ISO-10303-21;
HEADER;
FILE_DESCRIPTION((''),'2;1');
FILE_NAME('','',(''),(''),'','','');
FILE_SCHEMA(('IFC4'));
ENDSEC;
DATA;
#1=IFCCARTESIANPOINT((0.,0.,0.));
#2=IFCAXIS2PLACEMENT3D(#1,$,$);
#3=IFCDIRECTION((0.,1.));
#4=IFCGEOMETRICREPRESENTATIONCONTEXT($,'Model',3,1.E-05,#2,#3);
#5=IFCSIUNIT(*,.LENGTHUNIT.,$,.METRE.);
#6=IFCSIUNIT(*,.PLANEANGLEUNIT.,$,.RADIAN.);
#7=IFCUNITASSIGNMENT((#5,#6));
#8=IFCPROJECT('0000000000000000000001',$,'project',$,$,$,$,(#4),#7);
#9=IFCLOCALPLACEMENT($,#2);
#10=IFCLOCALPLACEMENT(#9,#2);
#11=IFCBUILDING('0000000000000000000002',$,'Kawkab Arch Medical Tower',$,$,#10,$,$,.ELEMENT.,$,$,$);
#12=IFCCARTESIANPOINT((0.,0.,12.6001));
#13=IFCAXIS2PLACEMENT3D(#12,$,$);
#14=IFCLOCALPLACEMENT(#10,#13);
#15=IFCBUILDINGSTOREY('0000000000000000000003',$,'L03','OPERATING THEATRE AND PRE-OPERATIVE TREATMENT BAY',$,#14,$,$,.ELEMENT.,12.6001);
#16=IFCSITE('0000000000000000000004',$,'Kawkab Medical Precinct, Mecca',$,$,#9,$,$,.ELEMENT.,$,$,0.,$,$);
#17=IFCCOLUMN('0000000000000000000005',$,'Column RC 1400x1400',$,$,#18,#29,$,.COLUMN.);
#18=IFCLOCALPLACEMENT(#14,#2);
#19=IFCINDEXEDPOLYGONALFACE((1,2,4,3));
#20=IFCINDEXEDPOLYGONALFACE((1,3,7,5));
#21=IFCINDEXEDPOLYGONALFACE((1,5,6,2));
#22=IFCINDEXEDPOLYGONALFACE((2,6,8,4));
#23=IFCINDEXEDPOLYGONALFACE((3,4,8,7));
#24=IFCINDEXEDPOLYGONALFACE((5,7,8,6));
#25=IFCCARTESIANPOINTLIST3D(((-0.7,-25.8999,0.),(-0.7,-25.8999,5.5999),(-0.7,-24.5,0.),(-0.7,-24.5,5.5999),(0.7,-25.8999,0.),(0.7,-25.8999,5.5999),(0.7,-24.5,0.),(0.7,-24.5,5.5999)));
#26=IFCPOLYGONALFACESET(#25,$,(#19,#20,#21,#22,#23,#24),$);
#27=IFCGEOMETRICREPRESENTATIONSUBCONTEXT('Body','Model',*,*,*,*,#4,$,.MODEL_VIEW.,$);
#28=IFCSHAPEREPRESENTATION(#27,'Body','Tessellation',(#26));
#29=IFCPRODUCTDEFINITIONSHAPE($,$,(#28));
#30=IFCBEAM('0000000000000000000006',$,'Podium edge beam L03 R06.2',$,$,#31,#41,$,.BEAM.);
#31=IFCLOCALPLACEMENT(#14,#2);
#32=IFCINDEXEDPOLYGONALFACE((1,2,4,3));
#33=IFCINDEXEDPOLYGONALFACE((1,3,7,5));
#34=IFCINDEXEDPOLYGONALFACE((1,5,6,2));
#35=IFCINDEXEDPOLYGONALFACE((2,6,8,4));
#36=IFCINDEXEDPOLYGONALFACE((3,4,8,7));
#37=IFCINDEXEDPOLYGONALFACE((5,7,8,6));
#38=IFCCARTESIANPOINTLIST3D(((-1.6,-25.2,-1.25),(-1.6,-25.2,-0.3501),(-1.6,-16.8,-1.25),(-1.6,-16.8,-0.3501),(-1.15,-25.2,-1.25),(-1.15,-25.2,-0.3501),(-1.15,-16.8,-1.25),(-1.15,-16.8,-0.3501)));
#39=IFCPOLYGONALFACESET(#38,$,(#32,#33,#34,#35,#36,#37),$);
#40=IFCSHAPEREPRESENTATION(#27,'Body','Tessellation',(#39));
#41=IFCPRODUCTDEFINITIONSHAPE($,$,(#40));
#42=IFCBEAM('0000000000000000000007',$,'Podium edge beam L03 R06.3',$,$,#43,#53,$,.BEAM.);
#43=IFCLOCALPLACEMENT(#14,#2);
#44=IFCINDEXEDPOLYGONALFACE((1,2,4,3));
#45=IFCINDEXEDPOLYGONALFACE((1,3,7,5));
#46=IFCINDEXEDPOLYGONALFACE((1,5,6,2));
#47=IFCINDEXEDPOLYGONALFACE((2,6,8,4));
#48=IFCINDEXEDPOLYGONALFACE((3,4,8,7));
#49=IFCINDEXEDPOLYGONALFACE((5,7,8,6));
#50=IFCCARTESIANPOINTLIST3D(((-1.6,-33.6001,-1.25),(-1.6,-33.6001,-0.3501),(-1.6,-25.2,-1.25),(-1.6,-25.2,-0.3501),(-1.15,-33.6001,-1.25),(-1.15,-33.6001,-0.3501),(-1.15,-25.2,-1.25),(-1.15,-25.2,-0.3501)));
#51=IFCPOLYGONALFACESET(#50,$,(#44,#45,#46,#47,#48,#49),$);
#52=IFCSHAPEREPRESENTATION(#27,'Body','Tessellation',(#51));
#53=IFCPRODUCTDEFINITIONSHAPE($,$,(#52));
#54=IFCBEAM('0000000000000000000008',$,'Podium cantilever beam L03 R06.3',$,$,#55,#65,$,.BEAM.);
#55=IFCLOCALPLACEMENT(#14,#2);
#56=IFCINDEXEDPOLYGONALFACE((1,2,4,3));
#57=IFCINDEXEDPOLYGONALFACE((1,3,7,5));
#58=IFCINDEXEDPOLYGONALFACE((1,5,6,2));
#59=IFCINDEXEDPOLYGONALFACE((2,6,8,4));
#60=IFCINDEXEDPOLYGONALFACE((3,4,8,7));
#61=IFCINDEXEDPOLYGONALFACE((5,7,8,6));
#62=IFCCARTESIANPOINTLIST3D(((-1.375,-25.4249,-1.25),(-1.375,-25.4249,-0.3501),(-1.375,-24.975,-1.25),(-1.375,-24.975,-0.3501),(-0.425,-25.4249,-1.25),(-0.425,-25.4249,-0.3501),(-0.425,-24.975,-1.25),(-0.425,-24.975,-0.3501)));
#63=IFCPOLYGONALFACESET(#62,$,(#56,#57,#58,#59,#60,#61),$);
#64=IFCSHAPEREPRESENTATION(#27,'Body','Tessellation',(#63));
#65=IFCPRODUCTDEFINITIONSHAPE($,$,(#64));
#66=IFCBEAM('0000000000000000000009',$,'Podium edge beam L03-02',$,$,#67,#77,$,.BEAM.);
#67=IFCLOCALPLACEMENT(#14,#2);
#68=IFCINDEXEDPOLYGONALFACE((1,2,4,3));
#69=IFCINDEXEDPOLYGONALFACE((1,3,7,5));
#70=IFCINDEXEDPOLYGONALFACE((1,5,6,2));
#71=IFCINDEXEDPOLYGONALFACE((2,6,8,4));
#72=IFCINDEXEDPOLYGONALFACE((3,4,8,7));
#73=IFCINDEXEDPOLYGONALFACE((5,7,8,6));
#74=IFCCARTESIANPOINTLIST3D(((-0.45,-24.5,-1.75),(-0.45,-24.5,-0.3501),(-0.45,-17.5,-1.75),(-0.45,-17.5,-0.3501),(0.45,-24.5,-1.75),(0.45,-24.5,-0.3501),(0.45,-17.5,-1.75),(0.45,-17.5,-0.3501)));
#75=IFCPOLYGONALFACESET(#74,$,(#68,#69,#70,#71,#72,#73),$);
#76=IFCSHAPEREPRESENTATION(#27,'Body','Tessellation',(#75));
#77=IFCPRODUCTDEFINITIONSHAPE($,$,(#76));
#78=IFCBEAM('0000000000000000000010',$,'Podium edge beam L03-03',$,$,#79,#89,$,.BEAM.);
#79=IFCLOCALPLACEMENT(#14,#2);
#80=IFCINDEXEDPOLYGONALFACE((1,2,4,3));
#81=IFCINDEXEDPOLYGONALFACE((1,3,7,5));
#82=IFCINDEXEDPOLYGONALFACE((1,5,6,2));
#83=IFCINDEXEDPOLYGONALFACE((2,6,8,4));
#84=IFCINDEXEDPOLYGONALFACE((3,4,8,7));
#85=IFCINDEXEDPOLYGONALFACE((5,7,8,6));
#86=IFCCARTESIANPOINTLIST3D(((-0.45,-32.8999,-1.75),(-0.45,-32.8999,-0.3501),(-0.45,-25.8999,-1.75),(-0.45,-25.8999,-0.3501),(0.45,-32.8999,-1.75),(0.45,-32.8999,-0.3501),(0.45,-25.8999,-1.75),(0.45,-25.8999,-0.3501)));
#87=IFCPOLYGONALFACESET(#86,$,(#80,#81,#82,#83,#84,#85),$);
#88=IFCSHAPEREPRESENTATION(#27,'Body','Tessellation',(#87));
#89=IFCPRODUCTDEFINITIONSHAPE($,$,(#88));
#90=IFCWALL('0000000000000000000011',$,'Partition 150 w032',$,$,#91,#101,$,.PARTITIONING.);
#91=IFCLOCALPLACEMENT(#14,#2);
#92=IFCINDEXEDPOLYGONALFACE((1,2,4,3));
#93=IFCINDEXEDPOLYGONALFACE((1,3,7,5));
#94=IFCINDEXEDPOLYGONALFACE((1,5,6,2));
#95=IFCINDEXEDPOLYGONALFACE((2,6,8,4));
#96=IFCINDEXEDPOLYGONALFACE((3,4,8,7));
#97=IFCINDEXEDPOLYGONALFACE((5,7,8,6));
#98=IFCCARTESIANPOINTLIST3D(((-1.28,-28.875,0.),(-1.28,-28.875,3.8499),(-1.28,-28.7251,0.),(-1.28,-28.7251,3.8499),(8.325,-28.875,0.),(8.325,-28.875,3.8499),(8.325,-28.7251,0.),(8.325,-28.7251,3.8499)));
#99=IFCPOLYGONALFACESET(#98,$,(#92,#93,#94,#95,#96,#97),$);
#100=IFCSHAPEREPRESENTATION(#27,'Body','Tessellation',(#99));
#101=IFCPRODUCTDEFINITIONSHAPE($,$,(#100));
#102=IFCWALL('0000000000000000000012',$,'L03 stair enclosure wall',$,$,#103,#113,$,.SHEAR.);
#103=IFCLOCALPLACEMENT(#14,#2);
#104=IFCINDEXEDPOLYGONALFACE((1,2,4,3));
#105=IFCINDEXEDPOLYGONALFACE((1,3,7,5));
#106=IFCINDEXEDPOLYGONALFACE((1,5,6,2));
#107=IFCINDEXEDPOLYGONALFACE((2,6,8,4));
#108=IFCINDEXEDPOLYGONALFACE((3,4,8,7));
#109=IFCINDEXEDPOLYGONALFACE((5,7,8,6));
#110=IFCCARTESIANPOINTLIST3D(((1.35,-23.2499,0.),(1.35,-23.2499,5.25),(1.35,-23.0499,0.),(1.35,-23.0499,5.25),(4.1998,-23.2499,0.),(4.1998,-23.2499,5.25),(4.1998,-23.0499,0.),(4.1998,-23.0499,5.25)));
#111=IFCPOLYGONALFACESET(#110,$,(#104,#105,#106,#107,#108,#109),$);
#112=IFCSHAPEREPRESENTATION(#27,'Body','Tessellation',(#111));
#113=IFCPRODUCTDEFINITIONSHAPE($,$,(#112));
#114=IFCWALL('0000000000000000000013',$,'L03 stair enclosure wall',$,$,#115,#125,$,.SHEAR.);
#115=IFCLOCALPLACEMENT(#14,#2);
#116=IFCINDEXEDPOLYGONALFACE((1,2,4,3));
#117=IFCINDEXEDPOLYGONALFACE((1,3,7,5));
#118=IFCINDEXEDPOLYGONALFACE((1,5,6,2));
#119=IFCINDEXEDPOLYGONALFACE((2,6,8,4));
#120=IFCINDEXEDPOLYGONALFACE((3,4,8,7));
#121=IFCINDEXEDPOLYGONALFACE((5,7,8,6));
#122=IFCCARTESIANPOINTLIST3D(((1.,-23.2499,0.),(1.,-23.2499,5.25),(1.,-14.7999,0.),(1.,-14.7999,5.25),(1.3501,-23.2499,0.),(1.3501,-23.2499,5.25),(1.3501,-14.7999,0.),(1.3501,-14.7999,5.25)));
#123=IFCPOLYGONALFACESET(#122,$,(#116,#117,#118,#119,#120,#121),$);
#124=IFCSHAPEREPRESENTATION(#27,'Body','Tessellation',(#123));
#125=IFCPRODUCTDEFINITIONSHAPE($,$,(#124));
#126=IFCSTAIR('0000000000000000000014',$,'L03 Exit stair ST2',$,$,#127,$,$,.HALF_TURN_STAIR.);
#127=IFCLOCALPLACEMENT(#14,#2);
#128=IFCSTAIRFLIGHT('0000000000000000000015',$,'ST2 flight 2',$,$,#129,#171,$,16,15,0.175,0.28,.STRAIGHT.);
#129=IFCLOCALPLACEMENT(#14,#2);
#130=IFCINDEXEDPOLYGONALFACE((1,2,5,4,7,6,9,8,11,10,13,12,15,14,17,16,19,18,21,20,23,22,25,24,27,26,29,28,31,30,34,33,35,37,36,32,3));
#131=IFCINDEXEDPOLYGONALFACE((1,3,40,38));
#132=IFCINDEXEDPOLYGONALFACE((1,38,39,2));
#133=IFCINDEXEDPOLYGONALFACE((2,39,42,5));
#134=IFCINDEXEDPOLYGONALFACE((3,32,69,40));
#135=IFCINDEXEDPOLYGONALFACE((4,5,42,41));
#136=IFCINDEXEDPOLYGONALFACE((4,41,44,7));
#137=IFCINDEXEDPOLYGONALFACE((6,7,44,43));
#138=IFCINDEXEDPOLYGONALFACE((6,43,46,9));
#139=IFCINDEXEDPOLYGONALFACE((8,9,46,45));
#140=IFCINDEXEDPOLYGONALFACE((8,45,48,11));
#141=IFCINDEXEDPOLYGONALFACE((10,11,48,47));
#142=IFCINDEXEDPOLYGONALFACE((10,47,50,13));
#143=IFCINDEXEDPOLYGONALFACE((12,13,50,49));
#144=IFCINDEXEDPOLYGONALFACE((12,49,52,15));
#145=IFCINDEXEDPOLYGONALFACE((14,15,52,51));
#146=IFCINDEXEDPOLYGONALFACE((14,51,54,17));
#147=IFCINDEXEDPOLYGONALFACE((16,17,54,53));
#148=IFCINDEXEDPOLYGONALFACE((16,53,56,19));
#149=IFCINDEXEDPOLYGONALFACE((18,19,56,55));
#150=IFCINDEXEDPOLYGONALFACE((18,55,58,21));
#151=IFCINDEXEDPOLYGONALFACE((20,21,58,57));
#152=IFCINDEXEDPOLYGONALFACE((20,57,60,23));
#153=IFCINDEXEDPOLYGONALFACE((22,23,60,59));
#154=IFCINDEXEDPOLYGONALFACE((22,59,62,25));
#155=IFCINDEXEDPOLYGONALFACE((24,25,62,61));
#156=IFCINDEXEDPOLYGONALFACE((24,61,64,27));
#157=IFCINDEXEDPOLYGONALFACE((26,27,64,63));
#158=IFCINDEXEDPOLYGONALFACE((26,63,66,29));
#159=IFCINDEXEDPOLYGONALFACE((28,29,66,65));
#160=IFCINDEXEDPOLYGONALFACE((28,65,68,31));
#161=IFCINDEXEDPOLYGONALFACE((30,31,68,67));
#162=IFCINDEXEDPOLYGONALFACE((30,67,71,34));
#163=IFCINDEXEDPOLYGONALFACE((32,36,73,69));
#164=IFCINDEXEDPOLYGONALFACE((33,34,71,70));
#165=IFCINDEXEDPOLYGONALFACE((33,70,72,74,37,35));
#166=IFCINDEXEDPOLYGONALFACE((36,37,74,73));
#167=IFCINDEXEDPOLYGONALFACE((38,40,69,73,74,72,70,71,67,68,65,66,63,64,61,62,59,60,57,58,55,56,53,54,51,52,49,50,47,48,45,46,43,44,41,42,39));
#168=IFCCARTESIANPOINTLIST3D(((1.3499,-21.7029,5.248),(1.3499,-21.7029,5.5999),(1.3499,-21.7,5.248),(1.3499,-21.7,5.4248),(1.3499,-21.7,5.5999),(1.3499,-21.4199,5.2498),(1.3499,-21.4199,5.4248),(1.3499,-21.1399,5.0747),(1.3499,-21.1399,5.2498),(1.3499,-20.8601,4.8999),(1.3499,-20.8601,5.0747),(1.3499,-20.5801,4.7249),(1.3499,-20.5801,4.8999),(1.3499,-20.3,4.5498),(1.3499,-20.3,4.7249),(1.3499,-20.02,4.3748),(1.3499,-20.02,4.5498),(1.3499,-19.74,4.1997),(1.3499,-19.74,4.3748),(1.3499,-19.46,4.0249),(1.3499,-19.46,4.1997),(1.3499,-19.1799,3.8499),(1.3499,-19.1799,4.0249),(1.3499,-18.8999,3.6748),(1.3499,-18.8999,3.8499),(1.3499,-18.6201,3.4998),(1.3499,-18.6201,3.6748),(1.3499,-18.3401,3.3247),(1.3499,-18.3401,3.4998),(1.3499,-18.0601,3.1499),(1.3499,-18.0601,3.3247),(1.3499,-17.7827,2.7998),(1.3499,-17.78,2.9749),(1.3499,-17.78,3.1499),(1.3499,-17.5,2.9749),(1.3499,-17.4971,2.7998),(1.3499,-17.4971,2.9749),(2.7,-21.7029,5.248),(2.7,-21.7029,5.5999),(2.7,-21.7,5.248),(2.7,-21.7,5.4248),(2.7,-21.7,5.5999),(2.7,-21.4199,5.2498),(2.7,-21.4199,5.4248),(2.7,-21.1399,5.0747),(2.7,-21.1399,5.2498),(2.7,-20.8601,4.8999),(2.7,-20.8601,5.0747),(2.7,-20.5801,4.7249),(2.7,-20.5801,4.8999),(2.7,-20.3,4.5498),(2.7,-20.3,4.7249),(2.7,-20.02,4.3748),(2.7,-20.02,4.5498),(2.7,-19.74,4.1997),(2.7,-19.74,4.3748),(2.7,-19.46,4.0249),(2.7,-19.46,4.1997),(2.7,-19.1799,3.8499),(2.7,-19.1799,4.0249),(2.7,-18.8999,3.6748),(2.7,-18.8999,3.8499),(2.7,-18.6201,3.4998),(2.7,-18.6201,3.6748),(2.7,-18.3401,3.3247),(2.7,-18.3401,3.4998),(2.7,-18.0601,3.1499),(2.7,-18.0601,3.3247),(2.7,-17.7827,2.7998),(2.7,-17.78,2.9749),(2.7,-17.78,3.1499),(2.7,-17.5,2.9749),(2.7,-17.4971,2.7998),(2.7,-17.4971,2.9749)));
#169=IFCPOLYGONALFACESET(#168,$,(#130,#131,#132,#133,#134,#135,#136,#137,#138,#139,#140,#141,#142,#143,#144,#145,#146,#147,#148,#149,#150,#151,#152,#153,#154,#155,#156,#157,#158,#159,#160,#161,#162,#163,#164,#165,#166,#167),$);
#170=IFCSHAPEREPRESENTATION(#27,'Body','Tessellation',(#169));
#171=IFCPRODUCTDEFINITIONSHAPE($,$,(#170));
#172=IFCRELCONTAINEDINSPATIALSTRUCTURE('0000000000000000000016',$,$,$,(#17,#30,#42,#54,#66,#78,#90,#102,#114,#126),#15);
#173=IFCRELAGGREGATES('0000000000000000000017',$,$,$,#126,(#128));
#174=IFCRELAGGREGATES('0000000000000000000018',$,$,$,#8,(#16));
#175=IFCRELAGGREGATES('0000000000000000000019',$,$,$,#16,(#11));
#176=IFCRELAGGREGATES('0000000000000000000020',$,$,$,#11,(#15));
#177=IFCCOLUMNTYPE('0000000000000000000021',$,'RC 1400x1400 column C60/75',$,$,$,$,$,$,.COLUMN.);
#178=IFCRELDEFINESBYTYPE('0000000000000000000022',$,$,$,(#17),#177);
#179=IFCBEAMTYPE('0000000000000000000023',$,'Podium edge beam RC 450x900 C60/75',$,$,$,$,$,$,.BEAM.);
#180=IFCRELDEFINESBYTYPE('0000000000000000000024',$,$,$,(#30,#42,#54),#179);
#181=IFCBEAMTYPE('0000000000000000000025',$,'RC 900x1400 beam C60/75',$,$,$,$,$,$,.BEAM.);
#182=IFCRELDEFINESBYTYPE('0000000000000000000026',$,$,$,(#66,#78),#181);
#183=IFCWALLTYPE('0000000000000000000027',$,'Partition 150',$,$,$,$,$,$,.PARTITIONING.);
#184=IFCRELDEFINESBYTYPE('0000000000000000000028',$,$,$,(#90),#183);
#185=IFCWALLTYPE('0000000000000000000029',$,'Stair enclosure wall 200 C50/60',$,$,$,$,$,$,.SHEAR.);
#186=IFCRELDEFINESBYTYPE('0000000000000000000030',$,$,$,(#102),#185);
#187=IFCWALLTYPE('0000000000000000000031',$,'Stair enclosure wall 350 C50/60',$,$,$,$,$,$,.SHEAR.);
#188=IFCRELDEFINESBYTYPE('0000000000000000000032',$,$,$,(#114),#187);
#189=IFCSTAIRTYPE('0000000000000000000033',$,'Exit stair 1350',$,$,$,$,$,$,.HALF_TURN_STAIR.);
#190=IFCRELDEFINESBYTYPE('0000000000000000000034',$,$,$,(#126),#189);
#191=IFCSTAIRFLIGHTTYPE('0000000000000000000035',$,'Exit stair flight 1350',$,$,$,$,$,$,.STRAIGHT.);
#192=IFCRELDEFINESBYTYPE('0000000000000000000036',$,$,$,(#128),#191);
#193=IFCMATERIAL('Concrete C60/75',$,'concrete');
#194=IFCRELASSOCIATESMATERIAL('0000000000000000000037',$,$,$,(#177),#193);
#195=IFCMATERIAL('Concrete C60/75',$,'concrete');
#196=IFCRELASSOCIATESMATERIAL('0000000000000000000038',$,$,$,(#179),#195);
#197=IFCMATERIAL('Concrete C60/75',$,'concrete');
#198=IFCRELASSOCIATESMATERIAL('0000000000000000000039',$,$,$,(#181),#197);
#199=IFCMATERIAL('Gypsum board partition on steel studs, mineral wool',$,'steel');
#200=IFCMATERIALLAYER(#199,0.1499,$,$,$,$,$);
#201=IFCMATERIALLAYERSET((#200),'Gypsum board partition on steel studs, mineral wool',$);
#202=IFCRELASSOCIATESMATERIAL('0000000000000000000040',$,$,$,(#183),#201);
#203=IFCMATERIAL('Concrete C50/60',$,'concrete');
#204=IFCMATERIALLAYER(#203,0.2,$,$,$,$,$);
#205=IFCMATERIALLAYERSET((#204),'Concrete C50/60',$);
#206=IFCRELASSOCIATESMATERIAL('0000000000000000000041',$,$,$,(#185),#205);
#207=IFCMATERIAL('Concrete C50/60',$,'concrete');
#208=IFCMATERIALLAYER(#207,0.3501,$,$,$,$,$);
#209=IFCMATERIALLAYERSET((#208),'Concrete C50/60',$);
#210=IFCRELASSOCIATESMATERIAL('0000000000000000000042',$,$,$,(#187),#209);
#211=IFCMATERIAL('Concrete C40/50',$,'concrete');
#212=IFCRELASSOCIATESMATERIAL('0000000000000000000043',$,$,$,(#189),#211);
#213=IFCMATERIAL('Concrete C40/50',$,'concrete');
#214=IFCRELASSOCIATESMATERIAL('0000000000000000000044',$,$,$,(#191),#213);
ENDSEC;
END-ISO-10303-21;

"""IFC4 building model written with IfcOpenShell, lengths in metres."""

from ifc_helpers import new_model, si_unit, direction, frame, frame_2d, origin, origin_2d, place, context, subcontext, project, spatial, polyline, rectangle, outline, extrude, material, layer, layer_set, material_profile, profile_set, type_object, element, aggregate, save


model = new_model("IFC4")

# Units and contexts
model_context = context("Model", 3, precision=1e-05, world=origin(), true_north=direction((0.0, 1.0)))
body_context = subcontext(model_context, "Body", "Model", "MODEL_VIEW")
ifc_project = project(units=[si_unit("LENGTHUNIT", "METRE"), si_unit("PLANEANGLEUNIT", "RADIAN")], contexts=[model_context])

# Site, building, storey
site_placement = place(None, origin())
site = spatial("IfcSite", under=ifc_project, at=site_placement, Name="Kawkab Medical Precinct, Mecca", CompositionType="ELEMENT", RefElevation=0.0)
building_placement = place(site_placement, origin())
building = spatial("IfcBuilding", under=site, at=building_placement, Name="Kawkab Arch Medical Tower", CompositionType="ELEMENT")
storey_placement = place(building_placement, frame((0.0, 0.0, 12.6001)))
storey = spatial("IfcBuildingStorey", under=building, at=storey_placement, Name="L03", Description="OPERATING THEATRE AND PRE-OPERATIVE TREATMENT BAY", CompositionType="ELEMENT", Elevation=12.6001)

# Column
ifc_material_1 = material(Name="Concrete C60/75", Category="concrete")
ifc_material_profile_1 = material_profile(ifc_material_1, rectangle(XDim=1.3999, YDim=1.3999, at=origin_2d()), Name="RC 1400x1400")
ifc_profile_set_1 = profile_set([ifc_material_profile_1], Name="Concrete C60/75")
column_type = type_object("IfcColumnType", Name="RC 1400x1400 column C60/75", PredefinedType="COLUMN", material=ifc_profile_set_1)
column_placement = place(storey_placement, frame((0.0, -25.2, 0.0), z_axis=(0.0, 0.0, 1.0), x_axis=(1.0, 0.0, 0.0)))
element("IfcColumn", 1, at=column_placement, inside=storey, type_object=column_type, Name="Column RC 1400x1400", PredefinedType="COLUMN", context=body_context, shape_type="SweptSolid", body=[
    extrude(rectangle(XDim=1.3999, YDim=1.3999, at=origin_2d()), origin(), (0.0, 0.0, 1.0), 5.5999),
])

# Beams
ifc_material_2 = material(Name="Concrete C60/75", Category="concrete")
ifc_material_profile_2 = material_profile(ifc_material_2, rectangle(XDim=0.45, YDim=0.8999, at=origin_2d()), Name="RC 450x900")
ifc_profile_set_2 = profile_set([ifc_material_profile_2], Name="Concrete C60/75")
beam_type_1 = type_object("IfcBeamType", Name="Podium edge beam RC 450x900 C60/75", PredefinedType="BEAM", material=ifc_profile_set_2)
beam_1_placement = place(storey_placement, frame((-1.375, -16.8, -0.8), z_axis=(0.0, -1.0, 0.0), x_axis=(1.0, 0.0, 0.0)))
element("IfcBeam", 2, at=beam_1_placement, inside=storey, type_object=beam_type_1, Name="Podium edge beam L03 R06.2", PredefinedType="BEAM", context=body_context, shape_type="SweptSolid", body=[
    extrude(rectangle(XDim=0.45, YDim=0.8999, at=origin_2d()), origin(), (0.0, 0.0, 1.0), 8.3999),
])
beam_2_placement = place(storey_placement, frame((-1.375, -25.2, -0.8), z_axis=(0.0, -1.0, 0.0), x_axis=(1.0, 0.0, 0.0)))
element("IfcBeam", 3, at=beam_2_placement, inside=storey, type_object=beam_type_1, Name="Podium edge beam L03 R06.3", PredefinedType="BEAM", context=body_context, shape_type="SweptSolid", body=[
    extrude(rectangle(XDim=0.45, YDim=0.8999, at=origin_2d()), origin(), (0.0, 0.0, 1.0), 8.4001),
])
beam_3_placement = place(storey_placement, frame((-0.425, -25.2, -0.8), z_axis=(-1.0, 0.0, 0.0), x_axis=(0.0, -1.0, 0.0)))
element("IfcBeam", 4, at=beam_3_placement, inside=storey, type_object=beam_type_1, Name="Podium cantilever beam L03 R06.3", PredefinedType="BEAM", context=body_context, shape_type="SweptSolid", body=[
    extrude(rectangle(XDim=0.45, YDim=0.8999, at=origin_2d()), origin(), (0.0, 0.0, 1.0), 0.95),
])
ifc_material_3 = material(Name="Concrete C60/75", Category="concrete")
ifc_material_profile_3 = material_profile(ifc_material_3, rectangle(XDim=0.8999, YDim=1.3999, at=origin_2d()), Name="RC 900x1400")
ifc_profile_set_3 = profile_set([ifc_material_profile_3], Name="Concrete C60/75")
beam_type_2 = type_object("IfcBeamType", Name="RC 900x1400 beam C60/75", PredefinedType="BEAM", material=ifc_profile_set_3)
for number, where, z_axis, x_axis, name in (
    (5, (0.0, -17.5, -1.05), (0.0, -1.0, 0.0), (1.0, 0.0, 0.0), "Podium edge beam L03-02"),
    (6, (0.0, -25.8999, -1.05), (0.0, -1.0, 0.0), (1.0, 0.0, 0.0), "Podium edge beam L03-03"),
):
    element("IfcBeam", number, at=place(storey_placement, frame(where, z_axis=z_axis, x_axis=x_axis)), inside=storey, type_object=beam_type_2, Name=name, PredefinedType="BEAM", context=body_context, shape_type="SweptSolid", body=[
        extrude(rectangle(XDim=0.8999, YDim=1.3999, at=origin_2d()), origin(), (0.0, 0.0, 1.0), 7.0),
    ])

# Walls
ifc_material_4 = material(Name="Gypsum board partition on steel studs, mineral wool", Category="steel")
ifc_layer_1 = layer(ifc_material_4, 0.1499)
ifc_layer_set_1 = layer_set([ifc_layer_1], Name="Gypsum board partition on steel studs, mineral wool")
wall_type_1 = type_object("IfcWallType", Name="Partition 150", PredefinedType="PARTITIONING", material=ifc_layer_set_1)
wall_1_placement = place(storey_placement, frame((-1.28, -28.8, 0.0), z_axis=(0.0, 0.0, 1.0), x_axis=(1.0, 0.0, 0.0)))
element("IfcWall", 7, at=wall_1_placement, inside=storey, type_object=wall_type_1, Name="Partition 150 w032", PredefinedType="PARTITIONING", context=body_context, shape_type="SweptSolid", body=[
    extrude(rectangle(XDim=9.605, YDim=0.1499, at=frame_2d((4.8025, 0.0))), origin(), (0.0, 0.0, 1.0), 3.8499),
])
ifc_material_5 = material(Name="Concrete C50/60", Category="concrete")
ifc_layer_2 = layer(ifc_material_5, 0.2)
ifc_layer_set_2 = layer_set([ifc_layer_2], Name="Concrete C50/60")
wall_type_2 = type_object("IfcWallType", Name="Stair enclosure wall 200 C50/60", PredefinedType="SHEAR", material=ifc_layer_set_2)
wall_2_placement = place(storey_placement, frame((1.3501, -23.1499, 0.0), z_axis=(0.0, 0.0, 1.0), x_axis=(1.0, 0.0, 0.0)))
element("IfcWall", 8, at=wall_2_placement, inside=storey, type_object=wall_type_2, Name="L03 stair enclosure wall", PredefinedType="SHEAR", context=body_context, shape_type="SweptSolid", body=[
    extrude(rectangle(XDim=2.8499, YDim=0.2, at=frame_2d((1.4248, 0.0))), origin(), (0.0, 0.0, 1.0), 5.25),
])
ifc_material_6 = material(Name="Concrete C50/60", Category="concrete")
ifc_layer_3 = layer(ifc_material_6, 0.3501)
ifc_layer_set_3 = layer_set([ifc_layer_3], Name="Concrete C50/60")
wall_type_3 = type_object("IfcWallType", Name="Stair enclosure wall 350 C50/60", PredefinedType="SHEAR", material=ifc_layer_set_3)
wall_3_placement = place(storey_placement, frame((1.175, -23.25, 0.0), z_axis=(0.0, 0.0, 1.0), x_axis=(0.0, 1.0, 0.0)))
element("IfcWall", 9, at=wall_3_placement, inside=storey, type_object=wall_type_3, Name="L03 stair enclosure wall", PredefinedType="SHEAR", context=body_context, shape_type="SweptSolid", body=[
    extrude(rectangle(XDim=8.45, YDim=0.3501, at=frame_2d((4.2251, 0.0))), origin(), (0.0, 0.0, 1.0), 5.25),
])

# Stair, stair flight
ifc_material_7 = material(Name="Concrete C40/50", Category="concrete")
stair_type = type_object("IfcStairType", Name="Exit stair 1350", PredefinedType="HALF_TURN_STAIR", material=ifc_material_7)
stair_placement = place(storey_placement, origin())
stair = element("IfcStair", 10, at=stair_placement, inside=storey, type_object=stair_type, Name="L03 Exit stair ST2", PredefinedType="HALF_TURN_STAIR")
ifc_material_8 = material(Name="Concrete C40/50", Category="concrete")
stair_flight_type = type_object("IfcStairFlightType", Name="Exit stair flight 1350", PredefinedType="STRAIGHT", material=ifc_material_8)
stair_flight_placement = place(storey_placement, frame((2.0249, -17.5, 2.7998), z_axis=(0.0, 0.0, 1.0), x_axis=(0.0, -1.0, 0.0)))
stair_flight = element("IfcStairFlight", 11, at=stair_flight_placement, type_object=stair_flight_type, Name="ST2 flight 2", NumberOfRisers=16, NumberOfTreads=15, PredefinedType="STRAIGHT", RiserHeight=0.175, TreadLength=0.28, context=body_context, shape_type="SweptSolid", body=[
    extrude(outline(polyline([(-0.0029, 0.0), (-0.0029, 0.175), (0.0, 0.175), (0.28, 0.175), (0.28, 0.3501), (0.5601, 0.3501), (0.5601, 0.5249), (0.8401, 0.5249), (0.8401, 0.7), (1.1201, 0.7), (1.1201, 0.875), (1.3999, 0.875), (1.3999, 1.05), (1.6799, 1.05), (1.6799, 1.2251), (1.96, 1.2251), (1.96, 1.3999), (2.24, 1.3999), (2.24, 1.575), (2.52, 1.575), (2.52, 1.75), (2.8, 1.75), (2.8, 1.925), (3.0801, 1.925), (3.0801, 2.1001), (3.3601, 2.1001), (3.3601, 2.2749), (3.6399, 2.2749), (3.6399, 2.45), (3.9199, 2.45), (3.9199, 2.625), (4.2, 2.625), (4.2, 2.8), (4.2029, 2.8), (4.2029, 2.4482), (4.2, 2.4482), (0.2827, 0.0), (-0.0029, 0.0)])), frame((0.0, 0.675, 0.0), z_axis=(0.0, -1.0, 0.0), x_axis=(1.0, 0.0, 0.0)), (0.0, 0.0, 1.0), 1.3501),
])
aggregate(stair, [stair_flight])

save(model, "model.ifc")
